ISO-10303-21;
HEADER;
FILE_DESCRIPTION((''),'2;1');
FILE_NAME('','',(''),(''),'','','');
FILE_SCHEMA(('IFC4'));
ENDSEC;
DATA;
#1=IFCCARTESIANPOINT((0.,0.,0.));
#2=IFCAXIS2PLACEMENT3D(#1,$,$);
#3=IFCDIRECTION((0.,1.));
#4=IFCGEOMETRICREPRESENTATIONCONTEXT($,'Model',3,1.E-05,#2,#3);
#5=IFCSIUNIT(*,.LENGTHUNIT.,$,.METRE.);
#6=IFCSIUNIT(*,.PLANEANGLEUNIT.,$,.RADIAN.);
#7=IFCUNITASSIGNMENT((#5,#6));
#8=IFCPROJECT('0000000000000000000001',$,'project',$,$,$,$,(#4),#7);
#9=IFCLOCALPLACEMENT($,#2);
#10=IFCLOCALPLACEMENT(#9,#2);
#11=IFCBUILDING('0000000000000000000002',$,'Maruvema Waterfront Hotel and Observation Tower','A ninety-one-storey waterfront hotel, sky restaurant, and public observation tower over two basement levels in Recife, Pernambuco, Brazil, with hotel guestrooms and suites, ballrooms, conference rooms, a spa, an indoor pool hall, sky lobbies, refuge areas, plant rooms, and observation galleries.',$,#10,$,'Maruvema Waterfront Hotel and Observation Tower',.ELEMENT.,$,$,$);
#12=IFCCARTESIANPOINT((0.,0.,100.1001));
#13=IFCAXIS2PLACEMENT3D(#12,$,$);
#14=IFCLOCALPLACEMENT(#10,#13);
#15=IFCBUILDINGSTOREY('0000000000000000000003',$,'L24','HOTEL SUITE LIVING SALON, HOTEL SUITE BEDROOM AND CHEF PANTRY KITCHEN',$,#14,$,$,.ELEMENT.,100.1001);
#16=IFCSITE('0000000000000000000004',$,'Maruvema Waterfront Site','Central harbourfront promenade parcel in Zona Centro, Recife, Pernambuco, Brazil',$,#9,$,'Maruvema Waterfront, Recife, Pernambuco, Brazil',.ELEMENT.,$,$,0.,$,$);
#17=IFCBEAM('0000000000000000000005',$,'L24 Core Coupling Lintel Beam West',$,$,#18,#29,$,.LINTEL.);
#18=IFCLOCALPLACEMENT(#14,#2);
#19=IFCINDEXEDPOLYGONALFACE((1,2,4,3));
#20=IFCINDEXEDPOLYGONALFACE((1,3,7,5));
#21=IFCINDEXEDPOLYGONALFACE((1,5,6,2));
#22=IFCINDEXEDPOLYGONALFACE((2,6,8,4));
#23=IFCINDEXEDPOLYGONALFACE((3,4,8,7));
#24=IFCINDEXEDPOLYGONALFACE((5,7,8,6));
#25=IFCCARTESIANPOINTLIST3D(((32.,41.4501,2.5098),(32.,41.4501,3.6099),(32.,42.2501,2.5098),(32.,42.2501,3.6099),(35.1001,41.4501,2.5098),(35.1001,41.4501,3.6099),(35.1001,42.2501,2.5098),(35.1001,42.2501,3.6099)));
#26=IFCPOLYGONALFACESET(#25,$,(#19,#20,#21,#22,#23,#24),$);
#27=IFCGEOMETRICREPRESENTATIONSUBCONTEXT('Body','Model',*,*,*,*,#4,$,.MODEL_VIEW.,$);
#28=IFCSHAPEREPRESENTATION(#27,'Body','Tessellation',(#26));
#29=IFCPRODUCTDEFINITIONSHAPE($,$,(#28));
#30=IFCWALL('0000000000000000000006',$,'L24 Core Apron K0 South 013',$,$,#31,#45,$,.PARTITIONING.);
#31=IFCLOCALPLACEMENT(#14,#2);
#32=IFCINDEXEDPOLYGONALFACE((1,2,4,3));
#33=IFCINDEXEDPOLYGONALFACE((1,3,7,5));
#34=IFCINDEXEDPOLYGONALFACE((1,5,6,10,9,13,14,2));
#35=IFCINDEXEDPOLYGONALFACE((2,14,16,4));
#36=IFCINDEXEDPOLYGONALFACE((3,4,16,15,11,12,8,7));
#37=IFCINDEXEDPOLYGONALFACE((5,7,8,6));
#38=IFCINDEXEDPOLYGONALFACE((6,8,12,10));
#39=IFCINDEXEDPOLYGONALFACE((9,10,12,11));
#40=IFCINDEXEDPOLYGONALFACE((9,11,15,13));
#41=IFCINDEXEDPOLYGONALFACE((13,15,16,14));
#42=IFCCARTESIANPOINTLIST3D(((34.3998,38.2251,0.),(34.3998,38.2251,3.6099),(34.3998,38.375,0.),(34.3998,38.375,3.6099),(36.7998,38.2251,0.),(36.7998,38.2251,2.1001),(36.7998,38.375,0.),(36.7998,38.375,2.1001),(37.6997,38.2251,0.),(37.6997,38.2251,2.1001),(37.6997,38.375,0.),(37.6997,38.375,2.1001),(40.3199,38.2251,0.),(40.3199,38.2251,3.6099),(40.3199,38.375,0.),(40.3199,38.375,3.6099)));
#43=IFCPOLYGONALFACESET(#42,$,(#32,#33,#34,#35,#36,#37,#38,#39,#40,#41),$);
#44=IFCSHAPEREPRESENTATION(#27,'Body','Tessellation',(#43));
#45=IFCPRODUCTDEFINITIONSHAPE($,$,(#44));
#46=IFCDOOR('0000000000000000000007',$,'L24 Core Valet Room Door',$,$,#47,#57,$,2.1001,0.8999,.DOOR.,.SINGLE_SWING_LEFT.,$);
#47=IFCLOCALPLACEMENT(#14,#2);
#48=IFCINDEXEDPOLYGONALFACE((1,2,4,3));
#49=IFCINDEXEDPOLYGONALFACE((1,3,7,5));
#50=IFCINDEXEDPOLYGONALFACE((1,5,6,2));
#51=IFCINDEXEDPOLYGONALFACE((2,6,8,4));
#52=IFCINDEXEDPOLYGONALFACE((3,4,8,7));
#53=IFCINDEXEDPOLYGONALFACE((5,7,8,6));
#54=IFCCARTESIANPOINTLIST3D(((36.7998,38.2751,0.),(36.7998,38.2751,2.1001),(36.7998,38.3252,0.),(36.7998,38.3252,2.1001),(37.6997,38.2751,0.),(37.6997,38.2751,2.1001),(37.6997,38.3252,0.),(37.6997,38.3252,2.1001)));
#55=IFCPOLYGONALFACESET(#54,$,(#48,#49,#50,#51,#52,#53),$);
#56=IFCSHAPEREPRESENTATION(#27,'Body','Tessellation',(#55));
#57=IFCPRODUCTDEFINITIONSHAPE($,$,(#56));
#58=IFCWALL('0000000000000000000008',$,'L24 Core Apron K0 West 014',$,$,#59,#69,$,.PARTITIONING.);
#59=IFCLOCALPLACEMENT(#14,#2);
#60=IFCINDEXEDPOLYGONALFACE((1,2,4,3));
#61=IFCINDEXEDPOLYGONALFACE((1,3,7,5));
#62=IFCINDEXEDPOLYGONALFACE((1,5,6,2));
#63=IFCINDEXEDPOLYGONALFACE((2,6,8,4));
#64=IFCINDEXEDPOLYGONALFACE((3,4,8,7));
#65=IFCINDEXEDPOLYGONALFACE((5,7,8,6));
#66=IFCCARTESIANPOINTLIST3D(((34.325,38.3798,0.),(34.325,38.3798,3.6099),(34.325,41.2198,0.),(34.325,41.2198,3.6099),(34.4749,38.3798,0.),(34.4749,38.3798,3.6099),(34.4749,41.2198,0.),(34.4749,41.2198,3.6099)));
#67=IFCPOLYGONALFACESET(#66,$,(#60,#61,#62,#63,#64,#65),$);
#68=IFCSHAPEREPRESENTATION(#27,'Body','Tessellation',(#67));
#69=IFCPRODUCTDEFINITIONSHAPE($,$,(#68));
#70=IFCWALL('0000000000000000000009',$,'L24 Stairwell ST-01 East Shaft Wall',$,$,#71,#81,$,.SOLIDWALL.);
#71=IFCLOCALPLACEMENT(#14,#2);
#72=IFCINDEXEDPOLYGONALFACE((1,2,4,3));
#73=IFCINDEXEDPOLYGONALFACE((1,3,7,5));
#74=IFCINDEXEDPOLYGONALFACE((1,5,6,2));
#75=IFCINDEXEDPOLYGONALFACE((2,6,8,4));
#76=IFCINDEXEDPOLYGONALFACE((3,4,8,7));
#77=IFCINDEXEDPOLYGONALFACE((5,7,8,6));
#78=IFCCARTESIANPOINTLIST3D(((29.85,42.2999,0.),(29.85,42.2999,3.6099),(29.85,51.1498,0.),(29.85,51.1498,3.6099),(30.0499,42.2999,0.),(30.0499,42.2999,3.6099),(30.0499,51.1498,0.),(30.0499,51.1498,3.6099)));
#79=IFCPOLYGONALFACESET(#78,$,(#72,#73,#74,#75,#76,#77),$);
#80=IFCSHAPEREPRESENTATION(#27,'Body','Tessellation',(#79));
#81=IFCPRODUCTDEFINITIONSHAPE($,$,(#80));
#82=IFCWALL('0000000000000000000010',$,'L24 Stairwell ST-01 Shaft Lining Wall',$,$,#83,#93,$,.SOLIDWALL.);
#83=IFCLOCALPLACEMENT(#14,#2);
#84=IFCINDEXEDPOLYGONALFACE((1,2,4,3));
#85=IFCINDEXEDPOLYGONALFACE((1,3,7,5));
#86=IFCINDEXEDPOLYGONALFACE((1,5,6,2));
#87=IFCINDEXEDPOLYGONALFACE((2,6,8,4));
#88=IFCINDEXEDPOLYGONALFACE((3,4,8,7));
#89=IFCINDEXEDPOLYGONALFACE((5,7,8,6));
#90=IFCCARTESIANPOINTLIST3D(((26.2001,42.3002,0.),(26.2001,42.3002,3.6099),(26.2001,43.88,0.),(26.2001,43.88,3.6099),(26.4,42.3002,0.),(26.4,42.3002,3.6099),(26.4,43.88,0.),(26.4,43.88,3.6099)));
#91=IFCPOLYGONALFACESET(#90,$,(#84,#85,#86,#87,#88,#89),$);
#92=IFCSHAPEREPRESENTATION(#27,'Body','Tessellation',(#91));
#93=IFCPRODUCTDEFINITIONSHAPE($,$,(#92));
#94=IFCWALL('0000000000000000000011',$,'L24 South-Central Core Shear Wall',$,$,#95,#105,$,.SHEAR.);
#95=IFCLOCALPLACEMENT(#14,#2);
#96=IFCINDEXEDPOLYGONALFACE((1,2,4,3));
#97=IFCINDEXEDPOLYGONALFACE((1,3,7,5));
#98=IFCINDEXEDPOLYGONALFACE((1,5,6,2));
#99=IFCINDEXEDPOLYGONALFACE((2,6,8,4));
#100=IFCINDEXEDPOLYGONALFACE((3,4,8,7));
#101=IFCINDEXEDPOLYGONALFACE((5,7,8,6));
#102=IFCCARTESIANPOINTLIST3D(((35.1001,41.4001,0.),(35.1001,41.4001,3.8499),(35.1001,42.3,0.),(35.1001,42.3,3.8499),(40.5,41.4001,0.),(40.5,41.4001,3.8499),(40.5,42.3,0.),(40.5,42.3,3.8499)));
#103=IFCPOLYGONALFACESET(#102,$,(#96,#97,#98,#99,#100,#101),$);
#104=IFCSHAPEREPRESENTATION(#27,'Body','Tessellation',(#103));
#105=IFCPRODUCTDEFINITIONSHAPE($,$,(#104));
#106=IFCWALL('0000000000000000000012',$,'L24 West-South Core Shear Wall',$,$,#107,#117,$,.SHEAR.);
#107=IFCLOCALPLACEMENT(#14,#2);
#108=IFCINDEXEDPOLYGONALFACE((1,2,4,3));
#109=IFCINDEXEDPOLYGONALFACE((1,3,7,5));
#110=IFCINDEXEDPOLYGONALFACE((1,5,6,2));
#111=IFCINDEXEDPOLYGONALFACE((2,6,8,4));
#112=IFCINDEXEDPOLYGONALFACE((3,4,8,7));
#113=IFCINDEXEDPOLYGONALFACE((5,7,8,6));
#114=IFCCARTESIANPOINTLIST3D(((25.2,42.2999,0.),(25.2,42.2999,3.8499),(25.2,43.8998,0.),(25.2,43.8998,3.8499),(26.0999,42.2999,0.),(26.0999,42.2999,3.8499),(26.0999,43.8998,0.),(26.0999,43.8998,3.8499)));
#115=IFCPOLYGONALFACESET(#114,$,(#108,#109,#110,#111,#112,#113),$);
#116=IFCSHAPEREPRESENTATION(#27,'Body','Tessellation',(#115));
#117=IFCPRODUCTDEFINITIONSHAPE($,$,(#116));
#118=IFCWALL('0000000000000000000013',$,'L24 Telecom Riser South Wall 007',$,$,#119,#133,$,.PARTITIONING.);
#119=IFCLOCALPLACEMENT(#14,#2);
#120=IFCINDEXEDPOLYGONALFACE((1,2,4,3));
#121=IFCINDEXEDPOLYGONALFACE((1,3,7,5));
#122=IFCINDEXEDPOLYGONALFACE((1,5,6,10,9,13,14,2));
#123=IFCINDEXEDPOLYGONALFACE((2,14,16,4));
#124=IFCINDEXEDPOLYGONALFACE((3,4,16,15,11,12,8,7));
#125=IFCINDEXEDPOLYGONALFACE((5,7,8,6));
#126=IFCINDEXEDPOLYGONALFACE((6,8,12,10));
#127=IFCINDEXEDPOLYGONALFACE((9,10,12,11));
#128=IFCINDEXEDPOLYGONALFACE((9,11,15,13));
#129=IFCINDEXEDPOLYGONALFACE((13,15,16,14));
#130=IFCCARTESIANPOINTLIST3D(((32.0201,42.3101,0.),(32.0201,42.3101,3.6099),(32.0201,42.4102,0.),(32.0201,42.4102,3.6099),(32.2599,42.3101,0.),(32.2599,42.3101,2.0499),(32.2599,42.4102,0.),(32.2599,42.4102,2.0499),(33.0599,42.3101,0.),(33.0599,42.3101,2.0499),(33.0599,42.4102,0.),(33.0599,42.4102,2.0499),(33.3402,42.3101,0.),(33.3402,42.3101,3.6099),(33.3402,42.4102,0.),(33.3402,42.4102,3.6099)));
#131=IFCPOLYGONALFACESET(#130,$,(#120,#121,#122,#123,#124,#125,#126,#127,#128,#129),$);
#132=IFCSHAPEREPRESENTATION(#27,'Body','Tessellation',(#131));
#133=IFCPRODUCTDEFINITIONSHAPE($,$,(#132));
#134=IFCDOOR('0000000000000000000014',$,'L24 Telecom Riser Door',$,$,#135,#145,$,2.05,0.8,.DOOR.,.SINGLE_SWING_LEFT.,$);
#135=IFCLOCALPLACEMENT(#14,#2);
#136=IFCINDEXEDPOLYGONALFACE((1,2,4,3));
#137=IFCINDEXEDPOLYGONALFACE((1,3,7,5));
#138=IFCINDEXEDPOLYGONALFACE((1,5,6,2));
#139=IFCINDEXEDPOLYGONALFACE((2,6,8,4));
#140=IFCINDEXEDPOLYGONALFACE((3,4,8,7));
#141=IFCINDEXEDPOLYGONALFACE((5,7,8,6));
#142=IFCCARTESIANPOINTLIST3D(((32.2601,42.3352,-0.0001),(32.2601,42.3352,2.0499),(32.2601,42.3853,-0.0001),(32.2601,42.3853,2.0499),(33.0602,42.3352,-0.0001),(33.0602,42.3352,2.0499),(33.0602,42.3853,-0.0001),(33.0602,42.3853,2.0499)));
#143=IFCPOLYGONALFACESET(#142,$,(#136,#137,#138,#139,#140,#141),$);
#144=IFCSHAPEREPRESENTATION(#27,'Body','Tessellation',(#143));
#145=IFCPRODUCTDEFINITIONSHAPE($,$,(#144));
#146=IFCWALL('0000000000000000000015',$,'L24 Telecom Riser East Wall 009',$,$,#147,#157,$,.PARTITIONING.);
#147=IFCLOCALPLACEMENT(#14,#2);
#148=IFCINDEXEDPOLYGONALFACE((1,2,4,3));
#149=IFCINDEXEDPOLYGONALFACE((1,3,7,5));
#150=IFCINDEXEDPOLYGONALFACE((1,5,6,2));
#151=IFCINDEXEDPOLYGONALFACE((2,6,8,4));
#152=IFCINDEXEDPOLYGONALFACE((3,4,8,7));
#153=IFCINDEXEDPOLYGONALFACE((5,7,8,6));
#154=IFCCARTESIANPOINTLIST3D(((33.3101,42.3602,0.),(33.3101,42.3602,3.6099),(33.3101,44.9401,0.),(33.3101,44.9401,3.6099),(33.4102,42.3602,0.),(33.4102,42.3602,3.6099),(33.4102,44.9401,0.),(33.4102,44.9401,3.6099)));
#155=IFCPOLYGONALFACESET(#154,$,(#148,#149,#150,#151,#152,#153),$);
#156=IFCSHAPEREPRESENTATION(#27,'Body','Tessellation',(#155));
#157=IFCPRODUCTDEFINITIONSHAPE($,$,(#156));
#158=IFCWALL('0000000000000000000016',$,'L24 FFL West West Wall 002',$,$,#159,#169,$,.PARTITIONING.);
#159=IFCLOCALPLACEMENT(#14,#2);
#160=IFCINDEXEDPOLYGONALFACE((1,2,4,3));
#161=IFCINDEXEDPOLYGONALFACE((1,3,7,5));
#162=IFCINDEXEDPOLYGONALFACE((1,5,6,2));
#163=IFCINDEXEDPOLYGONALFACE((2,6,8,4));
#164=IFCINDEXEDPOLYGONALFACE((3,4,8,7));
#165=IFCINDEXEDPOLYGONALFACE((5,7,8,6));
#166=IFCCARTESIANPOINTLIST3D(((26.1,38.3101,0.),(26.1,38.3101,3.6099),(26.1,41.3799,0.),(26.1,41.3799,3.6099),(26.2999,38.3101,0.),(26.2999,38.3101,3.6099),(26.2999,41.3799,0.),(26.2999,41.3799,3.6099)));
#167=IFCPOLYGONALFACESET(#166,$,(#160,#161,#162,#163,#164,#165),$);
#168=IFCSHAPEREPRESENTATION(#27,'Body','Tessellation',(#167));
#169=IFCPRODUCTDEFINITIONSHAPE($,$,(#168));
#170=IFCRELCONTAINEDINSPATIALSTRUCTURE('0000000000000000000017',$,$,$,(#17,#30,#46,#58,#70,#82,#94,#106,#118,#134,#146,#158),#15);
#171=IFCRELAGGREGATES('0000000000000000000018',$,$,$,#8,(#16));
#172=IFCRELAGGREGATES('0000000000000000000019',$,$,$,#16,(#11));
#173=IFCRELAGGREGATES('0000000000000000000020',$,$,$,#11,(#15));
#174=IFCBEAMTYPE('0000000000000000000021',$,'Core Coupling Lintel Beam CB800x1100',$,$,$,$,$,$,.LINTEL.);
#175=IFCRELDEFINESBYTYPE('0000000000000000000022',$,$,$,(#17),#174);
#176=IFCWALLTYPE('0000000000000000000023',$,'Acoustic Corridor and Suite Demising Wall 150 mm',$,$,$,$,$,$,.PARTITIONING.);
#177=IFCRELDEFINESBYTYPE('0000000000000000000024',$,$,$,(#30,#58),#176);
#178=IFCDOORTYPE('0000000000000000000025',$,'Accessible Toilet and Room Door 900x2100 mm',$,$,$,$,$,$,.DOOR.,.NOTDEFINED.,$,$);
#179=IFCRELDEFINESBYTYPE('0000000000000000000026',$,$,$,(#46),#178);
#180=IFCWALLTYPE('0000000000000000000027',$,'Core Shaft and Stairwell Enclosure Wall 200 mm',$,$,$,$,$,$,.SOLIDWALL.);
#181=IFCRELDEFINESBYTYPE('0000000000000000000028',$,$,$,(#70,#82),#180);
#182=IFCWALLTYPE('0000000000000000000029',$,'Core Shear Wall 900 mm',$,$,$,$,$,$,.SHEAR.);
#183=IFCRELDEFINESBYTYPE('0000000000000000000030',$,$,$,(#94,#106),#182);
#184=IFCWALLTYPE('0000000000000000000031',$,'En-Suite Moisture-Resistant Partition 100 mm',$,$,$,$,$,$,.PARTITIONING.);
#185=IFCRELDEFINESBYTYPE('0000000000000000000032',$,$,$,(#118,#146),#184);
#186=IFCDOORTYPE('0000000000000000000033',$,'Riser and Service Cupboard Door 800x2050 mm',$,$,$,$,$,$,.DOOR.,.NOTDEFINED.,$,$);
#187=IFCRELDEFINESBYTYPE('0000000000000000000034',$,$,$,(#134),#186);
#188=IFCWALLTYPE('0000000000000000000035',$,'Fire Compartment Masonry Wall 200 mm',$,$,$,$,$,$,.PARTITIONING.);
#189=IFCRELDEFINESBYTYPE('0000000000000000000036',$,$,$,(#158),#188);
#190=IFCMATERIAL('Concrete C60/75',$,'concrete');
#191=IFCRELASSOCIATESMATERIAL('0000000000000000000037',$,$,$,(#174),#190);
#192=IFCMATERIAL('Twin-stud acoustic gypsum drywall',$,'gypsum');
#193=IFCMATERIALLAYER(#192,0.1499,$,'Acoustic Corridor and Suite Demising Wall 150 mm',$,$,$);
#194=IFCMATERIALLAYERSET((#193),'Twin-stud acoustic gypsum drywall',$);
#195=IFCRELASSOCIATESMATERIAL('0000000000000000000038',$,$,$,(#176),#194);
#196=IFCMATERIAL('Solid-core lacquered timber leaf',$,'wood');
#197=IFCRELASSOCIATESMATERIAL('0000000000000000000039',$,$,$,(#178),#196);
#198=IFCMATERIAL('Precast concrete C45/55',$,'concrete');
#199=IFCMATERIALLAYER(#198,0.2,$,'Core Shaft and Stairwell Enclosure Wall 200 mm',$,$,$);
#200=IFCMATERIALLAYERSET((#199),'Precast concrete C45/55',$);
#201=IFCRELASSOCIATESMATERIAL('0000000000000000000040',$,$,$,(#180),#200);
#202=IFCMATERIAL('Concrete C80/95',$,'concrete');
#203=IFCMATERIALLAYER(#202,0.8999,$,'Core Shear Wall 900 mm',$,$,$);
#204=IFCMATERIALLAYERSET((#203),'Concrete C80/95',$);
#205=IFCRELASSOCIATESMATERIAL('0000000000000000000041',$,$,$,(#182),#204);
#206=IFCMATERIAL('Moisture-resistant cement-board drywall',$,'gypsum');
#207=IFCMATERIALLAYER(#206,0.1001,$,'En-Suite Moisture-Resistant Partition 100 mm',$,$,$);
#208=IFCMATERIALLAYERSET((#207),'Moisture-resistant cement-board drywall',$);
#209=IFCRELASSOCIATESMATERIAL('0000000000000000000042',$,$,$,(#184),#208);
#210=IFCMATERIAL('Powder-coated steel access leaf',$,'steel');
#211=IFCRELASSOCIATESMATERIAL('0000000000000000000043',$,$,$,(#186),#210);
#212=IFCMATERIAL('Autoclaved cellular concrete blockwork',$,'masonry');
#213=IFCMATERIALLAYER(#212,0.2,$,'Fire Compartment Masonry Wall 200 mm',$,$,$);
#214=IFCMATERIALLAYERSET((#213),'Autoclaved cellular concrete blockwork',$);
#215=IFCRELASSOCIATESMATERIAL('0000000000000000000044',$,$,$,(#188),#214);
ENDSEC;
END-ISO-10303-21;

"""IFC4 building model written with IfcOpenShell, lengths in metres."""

from ifc_helpers import new_model, si_unit, direction, frame, frame_2d, origin, origin_2d, place, context, subcontext, project, spatial, rectangle, extrude, material, layer, layer_set, material_profile, profile_set, type_object, element, fill, save


model = new_model("IFC4")

# Units and contexts
model_context = context("Model", 3, precision=1e-05, world=origin(), true_north=direction((0.0, 1.0)))
body_context = subcontext(model_context, "Body", "Model", "MODEL_VIEW")
ifc_project = project(units=[si_unit("LENGTHUNIT", "METRE"), si_unit("PLANEANGLEUNIT", "RADIAN")], contexts=[model_context])

# Site, building, storey
site_placement = place(None, origin())
site = spatial("IfcSite", under=ifc_project, at=site_placement, Name="Maruvema Waterfront Site", Description="Central harbourfront promenade parcel in Zona Centro, Recife, Pernambuco, Brazil", LongName="Maruvema Waterfront, Recife, Pernambuco, Brazil", CompositionType="ELEMENT", RefElevation=0.0)
building_placement = place(site_placement, origin())
building = spatial("IfcBuilding", under=site, at=building_placement, Name="Maruvema Waterfront Hotel and Observation Tower", Description="A ninety-one-storey waterfront hotel, sky restaurant, and public observation tower over two basement levels in Recife, Pernambuco, Brazil, with hotel guestrooms and suites, ballrooms, conference rooms, a spa, an indoor pool hall, sky lobbies, refuge areas, plant rooms, and observation galleries.", LongName="Maruvema Waterfront Hotel and Observation Tower", CompositionType="ELEMENT")
storey_placement = place(building_placement, frame((0.0, 0.0, 100.1001)))
storey = spatial("IfcBuildingStorey", under=building, at=storey_placement, Name="L24", Description="HOTEL SUITE LIVING SALON, HOTEL SUITE BEDROOM AND CHEF PANTRY KITCHEN", CompositionType="ELEMENT", Elevation=100.1001)

# Beam
ifc_material_1 = material(Name="Concrete C60/75", Category="concrete")
ifc_material_profile = material_profile(ifc_material_1, rectangle(XDim=0.8, YDim=1.1001, at=origin_2d()), Name="CB800x1100")
ifc_profile_set = profile_set([ifc_material_profile], Name="Concrete C60/75")
beam_type = type_object("IfcBeamType", Name="Core Coupling Lintel Beam CB800x1100", PredefinedType="LINTEL", material=ifc_profile_set)
beam_placement = place(storey_placement, frame((32.0, 41.8501, 3.0598), z_axis=(1.0, 0.0, 0.0), x_axis=(0.0, 1.0, 0.0)))
element("IfcBeam", 1, at=beam_placement, inside=storey, type_object=beam_type, Name="L24 Core Coupling Lintel Beam West", PredefinedType="LINTEL", context=body_context, shape_type="SweptSolid", body=[
    extrude(rectangle(XDim=0.8, YDim=1.1001, at=origin_2d()), origin(), (0.0, 0.0, 1.0), 3.1001),
])

# Wall, opening, door
ifc_material_2 = material(Name="Twin-stud acoustic gypsum drywall", Category="gypsum")
ifc_layer_1 = layer(ifc_material_2, 0.1499, Name="Acoustic Corridor and Suite Demising Wall 150 mm")
ifc_layer_set_1 = layer_set([ifc_layer_1], Name="Twin-stud acoustic gypsum drywall")
wall_type_1 = type_object("IfcWallType", Name="Acoustic Corridor and Suite Demising Wall 150 mm", PredefinedType="PARTITIONING", material=ifc_layer_set_1)
wall_1_placement = place(storey_placement, frame((34.3999, 38.3, 0.0), z_axis=(0.0, 0.0, 1.0), x_axis=(1.0, 0.0, 0.0)))
wall_1 = element("IfcWall", 2, at=wall_1_placement, inside=storey, type_object=wall_type_1, Name="L24 Core Apron K0 South 013", PredefinedType="PARTITIONING", context=body_context, shape_type="SweptSolid", body=[
    extrude(rectangle(XDim=5.9202, YDim=0.1499, at=frame_2d((2.96, 0.0))), origin(), (0.0, 0.0, 1.0), 3.6099),
])
opening_1_placement = place(wall_1_placement, frame((2.3999, 0.0, 0.0)))
opening_1 = element("IfcOpeningElement", 3, at=opening_1_placement, cuts=wall_1, PredefinedType="OPENING", context=body_context, shape_type="SweptSolid", body=[
    extrude(rectangle(XDim=0.8999, YDim=2.1001, at=frame_2d((0.45, 1.05))), frame((0.0, 0.085, 0.0), z_axis=(0.0, -1.0, 0.0), x_axis=(1.0, 0.0, 0.0)), (0.0, 0.0, 1.0), 0.1699),
])
ifc_material_3 = material(Name="Solid-core lacquered timber leaf", Category="wood")
door_type_1 = type_object("IfcDoorType", Name="Accessible Toilet and Room Door 900x2100 mm", OperationType="NOTDEFINED", PredefinedType="DOOR", material=ifc_material_3)
door_1_placement = place(opening_1_placement, frame((0.8999, 0.0, 0.0), z_axis=(0.0, 0.0, 1.0), x_axis=(-1.0, 0.0, 0.0)))
door_1 = element("IfcDoor", 4, at=door_1_placement, inside=storey, type_object=door_type_1, Name="L24 Core Valet Room Door", OperationType="SINGLE_SWING_LEFT", OverallHeight=2.1001, OverallWidth=0.8999, PredefinedType="DOOR", context=body_context, shape_type="SweptSolid", body=[
    extrude(rectangle(XDim=0.8999, YDim=2.1001, at=frame_2d((0.45, 1.05))), frame((0.0, 0.0249, 0.0), z_axis=(0.0, -1.0, 0.0), x_axis=(1.0, 0.0, 0.0)), (0.0, 0.0, 1.0), 0.05),
])
fill(opening_1, door_1)

# Walls
wall_2_placement = place(storey_placement, frame((34.3999, 38.3799, 0.0), z_axis=(0.0, 0.0, 1.0), x_axis=(0.0, 1.0, 0.0)))
element("IfcWall", 5, at=wall_2_placement, inside=storey, type_object=wall_type_1, Name="L24 Core Apron K0 West 014", PredefinedType="PARTITIONING", context=body_context, shape_type="SweptSolid", body=[
    extrude(rectangle(XDim=2.8401, YDim=0.1499, at=frame_2d((1.4199, 0.0))), origin(), (0.0, 0.0, 1.0), 3.6099),
])
ifc_material_4 = material(Name="Precast concrete C45/55", Category="concrete")
ifc_layer_2 = layer(ifc_material_4, 0.2, Name="Core Shaft and Stairwell Enclosure Wall 200 mm")
ifc_layer_set_2 = layer_set([ifc_layer_2], Name="Precast concrete C45/55")
wall_type_2 = type_object("IfcWallType", Name="Core Shaft and Stairwell Enclosure Wall 200 mm", PredefinedType="SOLIDWALL", material=ifc_layer_set_2)
wall_3_placement = place(storey_placement, frame((29.95, 42.3, 0.0), z_axis=(0.0, 0.0, 1.0), x_axis=(0.0, 1.0, 0.0)))
element("IfcWall", 6, at=wall_3_placement, inside=storey, type_object=wall_type_2, Name="L24 Stairwell ST-01 East Shaft Wall", PredefinedType="SOLIDWALL", context=body_context, shape_type="SweptSolid", body=[
    extrude(rectangle(XDim=8.8499, YDim=0.2, at=frame_2d((4.4248, 0.0))), origin(), (0.0, 0.0, 1.0), 3.6099),
])
wall_4_placement = place(storey_placement, frame((26.3, 42.3, 0.0), z_axis=(0.0, 0.0, 1.0), x_axis=(0.0, 1.0, 0.0)))
element("IfcWall", 7, at=wall_4_placement, inside=storey, type_object=wall_type_2, Name="L24 Stairwell ST-01 Shaft Lining Wall", PredefinedType="SOLIDWALL", context=body_context, shape_type="SweptSolid", body=[
    extrude(rectangle(XDim=1.5798, YDim=0.2, at=frame_2d((0.79, 0.0))), origin(), (0.0, 0.0, 1.0), 3.6099),
])

# Shared definitions
ifc_material_5 = material(Name="Concrete C80/95", Category="concrete")
ifc_layer_3 = layer(ifc_material_5, 0.8999, Name="Core Shear Wall 900 mm")
ifc_layer_set_3 = layer_set([ifc_layer_3], Name="Concrete C80/95")
wall_type_3 = type_object("IfcWallType", Name="Core Shear Wall 900 mm", PredefinedType="SHEAR", material=ifc_layer_set_3)

# Walls
wall_5_placement = place(storey_placement, frame((35.1001, 41.8501, 0.0), z_axis=(0.0, 0.0, 1.0), x_axis=(1.0, 0.0, 0.0)))
element("IfcWall", 8, at=wall_5_placement, inside=storey, type_object=wall_type_3, Name="L24 South-Central Core Shear Wall", PredefinedType="SHEAR", context=body_context, shape_type="SweptSolid", body=[
    extrude(rectangle(XDim=5.3999, YDim=0.8999, at=frame_2d((2.7, 0.0))), origin(), (0.0, 0.0, 1.0), 3.8499),
])
wall_6_placement = place(storey_placement, frame((25.6499, 42.3, 0.0), z_axis=(0.0, 0.0, 1.0), x_axis=(0.0, 1.0, 0.0)))
element("IfcWall", 9, at=wall_6_placement, inside=storey, type_object=wall_type_3, Name="L24 West-South Core Shear Wall", PredefinedType="SHEAR", context=body_context, shape_type="SweptSolid", body=[
    extrude(rectangle(XDim=1.5999, YDim=0.8999, at=frame_2d((0.7998, 0.0))), origin(), (0.0, 0.0, 1.0), 3.8499),
])

# Wall, opening, door
ifc_material_6 = material(Name="Moisture-resistant cement-board drywall", Category="gypsum")
ifc_layer_4 = layer(ifc_material_6, 0.1001, Name="En-Suite Moisture-Resistant Partition 100 mm")
ifc_layer_set_4 = layer_set([ifc_layer_4], Name="Moisture-resistant cement-board drywall")
wall_type_4 = type_object("IfcWallType", Name="En-Suite Moisture-Resistant Partition 100 mm", PredefinedType="PARTITIONING", material=ifc_layer_set_4)
wall_7_placement = place(storey_placement, frame((32.02, 42.3601, 0.0), z_axis=(0.0, 0.0, 1.0), x_axis=(1.0, 0.0, 0.0)))
wall_7 = element("IfcWall", 10, at=wall_7_placement, inside=storey, type_object=wall_type_4, Name="L24 Telecom Riser South Wall 007", PredefinedType="PARTITIONING", context=body_context, shape_type="SweptSolid", body=[
    extrude(rectangle(XDim=1.3201, YDim=0.1001, at=frame_2d((0.6602, 0.0))), origin(), (0.0, 0.0, 1.0), 3.6099),
])
opening_2_placement = place(wall_7_placement, frame((0.24, 0.0, 0.0)))
opening_2 = element("IfcOpeningElement", 11, at=opening_2_placement, cuts=wall_7, PredefinedType="OPENING", context=body_context, shape_type="SweptSolid", body=[
    extrude(rectangle(XDim=0.8, YDim=2.05, at=frame_2d((0.3999, 1.0249))), frame((0.0, 0.0601, 0.0), z_axis=(0.0, -1.0, 0.0), x_axis=(1.0, 0.0, 0.0)), (0.0, 0.0, 1.0), 0.1201),
])
ifc_material_7 = material(Name="Powder-coated steel access leaf", Category="steel")
door_type_2 = type_object("IfcDoorType", Name="Riser and Service Cupboard Door 800x2050 mm", OperationType="NOTDEFINED", PredefinedType="DOOR", material=ifc_material_7)
door_2_placement = place(opening_2_placement, frame((0.8, 0.0, 0.0), z_axis=(0.0, 0.0, 1.0), x_axis=(-1.0, 0.0, 0.0)))
door_2 = element("IfcDoor", 12, at=door_2_placement, inside=storey, type_object=door_type_2, Name="L24 Telecom Riser Door", OperationType="SINGLE_SWING_LEFT", OverallHeight=2.05, OverallWidth=0.8, PredefinedType="DOOR", context=body_context, shape_type="SweptSolid", body=[
    extrude(rectangle(XDim=0.8, YDim=2.05, at=frame_2d((0.3999, 1.0249))), frame((0.0, 0.0249, 0.0), z_axis=(0.0, -1.0, 0.0), x_axis=(1.0, 0.0, 0.0)), (0.0, 0.0, 1.0), 0.05),
])
fill(opening_2, door_2)

# Walls
wall_8_placement = place(storey_placement, frame((33.3601, 42.3601, 0.0), z_axis=(0.0, 0.0, 1.0), x_axis=(0.0, 1.0, 0.0)))
element("IfcWall", 13, at=wall_8_placement, inside=storey, type_object=wall_type_4, Name="L24 Telecom Riser East Wall 009", PredefinedType="PARTITIONING", context=body_context, shape_type="SweptSolid", body=[
    extrude(rectangle(XDim=2.5798, YDim=0.1001, at=frame_2d((1.29, 0.0))), origin(), (0.0, 0.0, 1.0), 3.6099),
])
ifc_material_8 = material(Name="Autoclaved cellular concrete blockwork", Category="masonry")
ifc_layer_5 = layer(ifc_material_8, 0.2, Name="Fire Compartment Masonry Wall 200 mm")
ifc_layer_set_5 = layer_set([ifc_layer_5], Name="Autoclaved cellular concrete blockwork")
wall_type_5 = type_object("IfcWallType", Name="Fire Compartment Masonry Wall 200 mm", PredefinedType="PARTITIONING", material=ifc_layer_set_5)
for number, where, z_axis, x_axis, name in (
    (14, (26.2, 38.3101, 0.0), (0.0, 0.0, 1.0), (0.0, 1.0, 0.0), "L24 FFL West West Wall 002"),
):
    element("IfcWall", number, at=place(storey_placement, frame(where, z_axis=z_axis, x_axis=x_axis)), inside=storey, type_object=wall_type_5, Name=name, PredefinedType="PARTITIONING", context=body_context, shape_type="SweptSolid", body=[
        extrude(rectangle(XDim=3.0698, YDim=0.2, at=frame_2d((1.5349, 0.0))), origin(), (0.0, 0.0, 1.0), 3.6099),
    ])

save(model, "model.ifc")
